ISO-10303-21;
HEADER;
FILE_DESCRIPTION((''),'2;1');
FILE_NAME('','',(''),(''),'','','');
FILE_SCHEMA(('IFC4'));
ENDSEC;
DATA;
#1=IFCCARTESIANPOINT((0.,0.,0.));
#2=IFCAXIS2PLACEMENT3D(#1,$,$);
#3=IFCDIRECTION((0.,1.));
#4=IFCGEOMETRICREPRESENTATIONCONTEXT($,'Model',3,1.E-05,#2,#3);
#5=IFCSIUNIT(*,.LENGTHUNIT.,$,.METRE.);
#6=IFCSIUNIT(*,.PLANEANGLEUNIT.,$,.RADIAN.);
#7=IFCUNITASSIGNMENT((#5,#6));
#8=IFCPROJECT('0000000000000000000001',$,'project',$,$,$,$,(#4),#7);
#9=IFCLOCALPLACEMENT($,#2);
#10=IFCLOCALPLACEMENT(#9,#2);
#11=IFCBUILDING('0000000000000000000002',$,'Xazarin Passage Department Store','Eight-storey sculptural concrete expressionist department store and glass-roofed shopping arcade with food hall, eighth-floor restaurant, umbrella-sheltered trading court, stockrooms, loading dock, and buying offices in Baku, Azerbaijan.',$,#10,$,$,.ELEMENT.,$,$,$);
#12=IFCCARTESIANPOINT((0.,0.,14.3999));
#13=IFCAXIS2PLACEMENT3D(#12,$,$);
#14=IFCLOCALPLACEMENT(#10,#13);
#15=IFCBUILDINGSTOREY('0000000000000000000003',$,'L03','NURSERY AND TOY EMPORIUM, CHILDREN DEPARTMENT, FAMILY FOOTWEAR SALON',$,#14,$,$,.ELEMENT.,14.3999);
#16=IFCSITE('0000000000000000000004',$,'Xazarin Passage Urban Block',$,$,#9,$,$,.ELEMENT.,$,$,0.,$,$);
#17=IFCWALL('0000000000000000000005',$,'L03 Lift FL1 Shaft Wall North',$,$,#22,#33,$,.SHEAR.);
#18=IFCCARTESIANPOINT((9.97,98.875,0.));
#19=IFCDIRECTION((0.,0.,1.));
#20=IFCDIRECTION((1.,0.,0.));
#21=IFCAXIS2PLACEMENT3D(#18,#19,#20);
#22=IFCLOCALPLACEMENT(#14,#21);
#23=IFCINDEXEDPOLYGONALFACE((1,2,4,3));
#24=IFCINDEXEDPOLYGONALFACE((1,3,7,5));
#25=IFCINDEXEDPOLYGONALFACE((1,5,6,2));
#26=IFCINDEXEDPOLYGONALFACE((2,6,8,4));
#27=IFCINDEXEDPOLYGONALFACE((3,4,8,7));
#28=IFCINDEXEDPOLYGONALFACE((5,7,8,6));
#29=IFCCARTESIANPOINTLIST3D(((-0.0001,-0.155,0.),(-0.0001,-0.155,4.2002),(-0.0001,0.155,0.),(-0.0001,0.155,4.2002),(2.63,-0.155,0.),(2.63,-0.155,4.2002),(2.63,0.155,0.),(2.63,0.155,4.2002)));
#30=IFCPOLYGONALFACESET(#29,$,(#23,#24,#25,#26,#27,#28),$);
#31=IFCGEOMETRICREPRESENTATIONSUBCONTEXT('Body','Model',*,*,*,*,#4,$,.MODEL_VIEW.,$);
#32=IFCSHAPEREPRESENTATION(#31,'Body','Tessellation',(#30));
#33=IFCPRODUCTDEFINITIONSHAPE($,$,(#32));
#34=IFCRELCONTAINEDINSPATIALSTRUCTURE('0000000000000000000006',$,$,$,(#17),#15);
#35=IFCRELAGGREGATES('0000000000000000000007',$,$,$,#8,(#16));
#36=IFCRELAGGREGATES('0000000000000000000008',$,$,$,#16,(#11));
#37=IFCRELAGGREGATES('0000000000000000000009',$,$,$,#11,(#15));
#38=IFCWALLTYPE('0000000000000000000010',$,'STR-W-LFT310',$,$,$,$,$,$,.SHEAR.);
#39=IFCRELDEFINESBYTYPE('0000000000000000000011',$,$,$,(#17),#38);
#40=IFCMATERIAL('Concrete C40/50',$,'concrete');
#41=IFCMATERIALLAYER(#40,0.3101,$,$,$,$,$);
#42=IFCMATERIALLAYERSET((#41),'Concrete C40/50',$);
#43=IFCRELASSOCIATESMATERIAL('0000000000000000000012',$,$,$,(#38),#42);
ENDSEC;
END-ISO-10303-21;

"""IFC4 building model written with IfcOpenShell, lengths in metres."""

from ifc_helpers import new_model, si_unit, direction, frame, frame_2d, origin, place, context, subcontext, project, spatial, rectangle, extrude, material, layer, layer_set, type_object, element, save


model = new_model("IFC4")

# Units and contexts
model_context = context("Model", 3, precision=1e-05, world=origin(), true_north=direction((0.0, 1.0)))
body_context = subcontext(model_context, "Body", "Model", "MODEL_VIEW")
ifc_project = project(units=[si_unit("LENGTHUNIT", "METRE"), si_unit("PLANEANGLEUNIT", "RADIAN")], contexts=[model_context])

# Site, building, storey
site_placement = place(None, origin())
site = spatial("IfcSite", under=ifc_project, at=site_placement, Name="Xazarin Passage Urban Block", CompositionType="ELEMENT", RefElevation=0.0)
building_placement = place(site_placement, origin())
building = spatial("IfcBuilding", under=site, at=building_placement, Name="Xazarin Passage Department Store", Description="Eight-storey sculptural concrete expressionist department store and glass-roofed shopping arcade with food hall, eighth-floor restaurant, umbrella-sheltered trading court, stockrooms, loading dock, and buying offices in Baku, Azerbaijan.", CompositionType="ELEMENT")
storey_placement = place(building_placement, frame((0.0, 0.0, 14.3999)))
storey = spatial("IfcBuildingStorey", under=building, at=storey_placement, Name="L03", Description="NURSERY AND TOY EMPORIUM, CHILDREN DEPARTMENT, FAMILY FOOTWEAR SALON", CompositionType="ELEMENT", Elevation=14.3999)

# Shared definitions
ifc_material_1 = material(Name="Concrete C40/50", Category="concrete")

# Shared definitions
ifc_layer_1 = layer(ifc_material_1, 0.3101)
ifc_layer_set_1 = layer_set([ifc_layer_1], Name="Concrete C40/50")
wall_type_1 = type_object("IfcWallType", Name="STR-W-LFT310", PredefinedType="SHEAR", material=ifc_layer_set_1)

# Wall
wall_1_placement = place(storey_placement, frame((9.97, 98.875, 0.0), z_axis=(0.0, 0.0, 1.0), x_axis=(1.0, 0.0, 0.0)))
element("IfcWall", 1, at=wall_1_placement, inside=storey, type_object=wall_type_1, Name="L03 Lift FL1 Shaft Wall North", PredefinedType="SHEAR", context=body_context, shape_type="SweptSolid", body=[
    extrude(rectangle(XDim=2.6301, YDim=0.3101, at=frame_2d((1.3149, 0.0))), origin(), (0.0, 0.0, 1.0), 4.2002),
])

save(model, "model.ifc")
